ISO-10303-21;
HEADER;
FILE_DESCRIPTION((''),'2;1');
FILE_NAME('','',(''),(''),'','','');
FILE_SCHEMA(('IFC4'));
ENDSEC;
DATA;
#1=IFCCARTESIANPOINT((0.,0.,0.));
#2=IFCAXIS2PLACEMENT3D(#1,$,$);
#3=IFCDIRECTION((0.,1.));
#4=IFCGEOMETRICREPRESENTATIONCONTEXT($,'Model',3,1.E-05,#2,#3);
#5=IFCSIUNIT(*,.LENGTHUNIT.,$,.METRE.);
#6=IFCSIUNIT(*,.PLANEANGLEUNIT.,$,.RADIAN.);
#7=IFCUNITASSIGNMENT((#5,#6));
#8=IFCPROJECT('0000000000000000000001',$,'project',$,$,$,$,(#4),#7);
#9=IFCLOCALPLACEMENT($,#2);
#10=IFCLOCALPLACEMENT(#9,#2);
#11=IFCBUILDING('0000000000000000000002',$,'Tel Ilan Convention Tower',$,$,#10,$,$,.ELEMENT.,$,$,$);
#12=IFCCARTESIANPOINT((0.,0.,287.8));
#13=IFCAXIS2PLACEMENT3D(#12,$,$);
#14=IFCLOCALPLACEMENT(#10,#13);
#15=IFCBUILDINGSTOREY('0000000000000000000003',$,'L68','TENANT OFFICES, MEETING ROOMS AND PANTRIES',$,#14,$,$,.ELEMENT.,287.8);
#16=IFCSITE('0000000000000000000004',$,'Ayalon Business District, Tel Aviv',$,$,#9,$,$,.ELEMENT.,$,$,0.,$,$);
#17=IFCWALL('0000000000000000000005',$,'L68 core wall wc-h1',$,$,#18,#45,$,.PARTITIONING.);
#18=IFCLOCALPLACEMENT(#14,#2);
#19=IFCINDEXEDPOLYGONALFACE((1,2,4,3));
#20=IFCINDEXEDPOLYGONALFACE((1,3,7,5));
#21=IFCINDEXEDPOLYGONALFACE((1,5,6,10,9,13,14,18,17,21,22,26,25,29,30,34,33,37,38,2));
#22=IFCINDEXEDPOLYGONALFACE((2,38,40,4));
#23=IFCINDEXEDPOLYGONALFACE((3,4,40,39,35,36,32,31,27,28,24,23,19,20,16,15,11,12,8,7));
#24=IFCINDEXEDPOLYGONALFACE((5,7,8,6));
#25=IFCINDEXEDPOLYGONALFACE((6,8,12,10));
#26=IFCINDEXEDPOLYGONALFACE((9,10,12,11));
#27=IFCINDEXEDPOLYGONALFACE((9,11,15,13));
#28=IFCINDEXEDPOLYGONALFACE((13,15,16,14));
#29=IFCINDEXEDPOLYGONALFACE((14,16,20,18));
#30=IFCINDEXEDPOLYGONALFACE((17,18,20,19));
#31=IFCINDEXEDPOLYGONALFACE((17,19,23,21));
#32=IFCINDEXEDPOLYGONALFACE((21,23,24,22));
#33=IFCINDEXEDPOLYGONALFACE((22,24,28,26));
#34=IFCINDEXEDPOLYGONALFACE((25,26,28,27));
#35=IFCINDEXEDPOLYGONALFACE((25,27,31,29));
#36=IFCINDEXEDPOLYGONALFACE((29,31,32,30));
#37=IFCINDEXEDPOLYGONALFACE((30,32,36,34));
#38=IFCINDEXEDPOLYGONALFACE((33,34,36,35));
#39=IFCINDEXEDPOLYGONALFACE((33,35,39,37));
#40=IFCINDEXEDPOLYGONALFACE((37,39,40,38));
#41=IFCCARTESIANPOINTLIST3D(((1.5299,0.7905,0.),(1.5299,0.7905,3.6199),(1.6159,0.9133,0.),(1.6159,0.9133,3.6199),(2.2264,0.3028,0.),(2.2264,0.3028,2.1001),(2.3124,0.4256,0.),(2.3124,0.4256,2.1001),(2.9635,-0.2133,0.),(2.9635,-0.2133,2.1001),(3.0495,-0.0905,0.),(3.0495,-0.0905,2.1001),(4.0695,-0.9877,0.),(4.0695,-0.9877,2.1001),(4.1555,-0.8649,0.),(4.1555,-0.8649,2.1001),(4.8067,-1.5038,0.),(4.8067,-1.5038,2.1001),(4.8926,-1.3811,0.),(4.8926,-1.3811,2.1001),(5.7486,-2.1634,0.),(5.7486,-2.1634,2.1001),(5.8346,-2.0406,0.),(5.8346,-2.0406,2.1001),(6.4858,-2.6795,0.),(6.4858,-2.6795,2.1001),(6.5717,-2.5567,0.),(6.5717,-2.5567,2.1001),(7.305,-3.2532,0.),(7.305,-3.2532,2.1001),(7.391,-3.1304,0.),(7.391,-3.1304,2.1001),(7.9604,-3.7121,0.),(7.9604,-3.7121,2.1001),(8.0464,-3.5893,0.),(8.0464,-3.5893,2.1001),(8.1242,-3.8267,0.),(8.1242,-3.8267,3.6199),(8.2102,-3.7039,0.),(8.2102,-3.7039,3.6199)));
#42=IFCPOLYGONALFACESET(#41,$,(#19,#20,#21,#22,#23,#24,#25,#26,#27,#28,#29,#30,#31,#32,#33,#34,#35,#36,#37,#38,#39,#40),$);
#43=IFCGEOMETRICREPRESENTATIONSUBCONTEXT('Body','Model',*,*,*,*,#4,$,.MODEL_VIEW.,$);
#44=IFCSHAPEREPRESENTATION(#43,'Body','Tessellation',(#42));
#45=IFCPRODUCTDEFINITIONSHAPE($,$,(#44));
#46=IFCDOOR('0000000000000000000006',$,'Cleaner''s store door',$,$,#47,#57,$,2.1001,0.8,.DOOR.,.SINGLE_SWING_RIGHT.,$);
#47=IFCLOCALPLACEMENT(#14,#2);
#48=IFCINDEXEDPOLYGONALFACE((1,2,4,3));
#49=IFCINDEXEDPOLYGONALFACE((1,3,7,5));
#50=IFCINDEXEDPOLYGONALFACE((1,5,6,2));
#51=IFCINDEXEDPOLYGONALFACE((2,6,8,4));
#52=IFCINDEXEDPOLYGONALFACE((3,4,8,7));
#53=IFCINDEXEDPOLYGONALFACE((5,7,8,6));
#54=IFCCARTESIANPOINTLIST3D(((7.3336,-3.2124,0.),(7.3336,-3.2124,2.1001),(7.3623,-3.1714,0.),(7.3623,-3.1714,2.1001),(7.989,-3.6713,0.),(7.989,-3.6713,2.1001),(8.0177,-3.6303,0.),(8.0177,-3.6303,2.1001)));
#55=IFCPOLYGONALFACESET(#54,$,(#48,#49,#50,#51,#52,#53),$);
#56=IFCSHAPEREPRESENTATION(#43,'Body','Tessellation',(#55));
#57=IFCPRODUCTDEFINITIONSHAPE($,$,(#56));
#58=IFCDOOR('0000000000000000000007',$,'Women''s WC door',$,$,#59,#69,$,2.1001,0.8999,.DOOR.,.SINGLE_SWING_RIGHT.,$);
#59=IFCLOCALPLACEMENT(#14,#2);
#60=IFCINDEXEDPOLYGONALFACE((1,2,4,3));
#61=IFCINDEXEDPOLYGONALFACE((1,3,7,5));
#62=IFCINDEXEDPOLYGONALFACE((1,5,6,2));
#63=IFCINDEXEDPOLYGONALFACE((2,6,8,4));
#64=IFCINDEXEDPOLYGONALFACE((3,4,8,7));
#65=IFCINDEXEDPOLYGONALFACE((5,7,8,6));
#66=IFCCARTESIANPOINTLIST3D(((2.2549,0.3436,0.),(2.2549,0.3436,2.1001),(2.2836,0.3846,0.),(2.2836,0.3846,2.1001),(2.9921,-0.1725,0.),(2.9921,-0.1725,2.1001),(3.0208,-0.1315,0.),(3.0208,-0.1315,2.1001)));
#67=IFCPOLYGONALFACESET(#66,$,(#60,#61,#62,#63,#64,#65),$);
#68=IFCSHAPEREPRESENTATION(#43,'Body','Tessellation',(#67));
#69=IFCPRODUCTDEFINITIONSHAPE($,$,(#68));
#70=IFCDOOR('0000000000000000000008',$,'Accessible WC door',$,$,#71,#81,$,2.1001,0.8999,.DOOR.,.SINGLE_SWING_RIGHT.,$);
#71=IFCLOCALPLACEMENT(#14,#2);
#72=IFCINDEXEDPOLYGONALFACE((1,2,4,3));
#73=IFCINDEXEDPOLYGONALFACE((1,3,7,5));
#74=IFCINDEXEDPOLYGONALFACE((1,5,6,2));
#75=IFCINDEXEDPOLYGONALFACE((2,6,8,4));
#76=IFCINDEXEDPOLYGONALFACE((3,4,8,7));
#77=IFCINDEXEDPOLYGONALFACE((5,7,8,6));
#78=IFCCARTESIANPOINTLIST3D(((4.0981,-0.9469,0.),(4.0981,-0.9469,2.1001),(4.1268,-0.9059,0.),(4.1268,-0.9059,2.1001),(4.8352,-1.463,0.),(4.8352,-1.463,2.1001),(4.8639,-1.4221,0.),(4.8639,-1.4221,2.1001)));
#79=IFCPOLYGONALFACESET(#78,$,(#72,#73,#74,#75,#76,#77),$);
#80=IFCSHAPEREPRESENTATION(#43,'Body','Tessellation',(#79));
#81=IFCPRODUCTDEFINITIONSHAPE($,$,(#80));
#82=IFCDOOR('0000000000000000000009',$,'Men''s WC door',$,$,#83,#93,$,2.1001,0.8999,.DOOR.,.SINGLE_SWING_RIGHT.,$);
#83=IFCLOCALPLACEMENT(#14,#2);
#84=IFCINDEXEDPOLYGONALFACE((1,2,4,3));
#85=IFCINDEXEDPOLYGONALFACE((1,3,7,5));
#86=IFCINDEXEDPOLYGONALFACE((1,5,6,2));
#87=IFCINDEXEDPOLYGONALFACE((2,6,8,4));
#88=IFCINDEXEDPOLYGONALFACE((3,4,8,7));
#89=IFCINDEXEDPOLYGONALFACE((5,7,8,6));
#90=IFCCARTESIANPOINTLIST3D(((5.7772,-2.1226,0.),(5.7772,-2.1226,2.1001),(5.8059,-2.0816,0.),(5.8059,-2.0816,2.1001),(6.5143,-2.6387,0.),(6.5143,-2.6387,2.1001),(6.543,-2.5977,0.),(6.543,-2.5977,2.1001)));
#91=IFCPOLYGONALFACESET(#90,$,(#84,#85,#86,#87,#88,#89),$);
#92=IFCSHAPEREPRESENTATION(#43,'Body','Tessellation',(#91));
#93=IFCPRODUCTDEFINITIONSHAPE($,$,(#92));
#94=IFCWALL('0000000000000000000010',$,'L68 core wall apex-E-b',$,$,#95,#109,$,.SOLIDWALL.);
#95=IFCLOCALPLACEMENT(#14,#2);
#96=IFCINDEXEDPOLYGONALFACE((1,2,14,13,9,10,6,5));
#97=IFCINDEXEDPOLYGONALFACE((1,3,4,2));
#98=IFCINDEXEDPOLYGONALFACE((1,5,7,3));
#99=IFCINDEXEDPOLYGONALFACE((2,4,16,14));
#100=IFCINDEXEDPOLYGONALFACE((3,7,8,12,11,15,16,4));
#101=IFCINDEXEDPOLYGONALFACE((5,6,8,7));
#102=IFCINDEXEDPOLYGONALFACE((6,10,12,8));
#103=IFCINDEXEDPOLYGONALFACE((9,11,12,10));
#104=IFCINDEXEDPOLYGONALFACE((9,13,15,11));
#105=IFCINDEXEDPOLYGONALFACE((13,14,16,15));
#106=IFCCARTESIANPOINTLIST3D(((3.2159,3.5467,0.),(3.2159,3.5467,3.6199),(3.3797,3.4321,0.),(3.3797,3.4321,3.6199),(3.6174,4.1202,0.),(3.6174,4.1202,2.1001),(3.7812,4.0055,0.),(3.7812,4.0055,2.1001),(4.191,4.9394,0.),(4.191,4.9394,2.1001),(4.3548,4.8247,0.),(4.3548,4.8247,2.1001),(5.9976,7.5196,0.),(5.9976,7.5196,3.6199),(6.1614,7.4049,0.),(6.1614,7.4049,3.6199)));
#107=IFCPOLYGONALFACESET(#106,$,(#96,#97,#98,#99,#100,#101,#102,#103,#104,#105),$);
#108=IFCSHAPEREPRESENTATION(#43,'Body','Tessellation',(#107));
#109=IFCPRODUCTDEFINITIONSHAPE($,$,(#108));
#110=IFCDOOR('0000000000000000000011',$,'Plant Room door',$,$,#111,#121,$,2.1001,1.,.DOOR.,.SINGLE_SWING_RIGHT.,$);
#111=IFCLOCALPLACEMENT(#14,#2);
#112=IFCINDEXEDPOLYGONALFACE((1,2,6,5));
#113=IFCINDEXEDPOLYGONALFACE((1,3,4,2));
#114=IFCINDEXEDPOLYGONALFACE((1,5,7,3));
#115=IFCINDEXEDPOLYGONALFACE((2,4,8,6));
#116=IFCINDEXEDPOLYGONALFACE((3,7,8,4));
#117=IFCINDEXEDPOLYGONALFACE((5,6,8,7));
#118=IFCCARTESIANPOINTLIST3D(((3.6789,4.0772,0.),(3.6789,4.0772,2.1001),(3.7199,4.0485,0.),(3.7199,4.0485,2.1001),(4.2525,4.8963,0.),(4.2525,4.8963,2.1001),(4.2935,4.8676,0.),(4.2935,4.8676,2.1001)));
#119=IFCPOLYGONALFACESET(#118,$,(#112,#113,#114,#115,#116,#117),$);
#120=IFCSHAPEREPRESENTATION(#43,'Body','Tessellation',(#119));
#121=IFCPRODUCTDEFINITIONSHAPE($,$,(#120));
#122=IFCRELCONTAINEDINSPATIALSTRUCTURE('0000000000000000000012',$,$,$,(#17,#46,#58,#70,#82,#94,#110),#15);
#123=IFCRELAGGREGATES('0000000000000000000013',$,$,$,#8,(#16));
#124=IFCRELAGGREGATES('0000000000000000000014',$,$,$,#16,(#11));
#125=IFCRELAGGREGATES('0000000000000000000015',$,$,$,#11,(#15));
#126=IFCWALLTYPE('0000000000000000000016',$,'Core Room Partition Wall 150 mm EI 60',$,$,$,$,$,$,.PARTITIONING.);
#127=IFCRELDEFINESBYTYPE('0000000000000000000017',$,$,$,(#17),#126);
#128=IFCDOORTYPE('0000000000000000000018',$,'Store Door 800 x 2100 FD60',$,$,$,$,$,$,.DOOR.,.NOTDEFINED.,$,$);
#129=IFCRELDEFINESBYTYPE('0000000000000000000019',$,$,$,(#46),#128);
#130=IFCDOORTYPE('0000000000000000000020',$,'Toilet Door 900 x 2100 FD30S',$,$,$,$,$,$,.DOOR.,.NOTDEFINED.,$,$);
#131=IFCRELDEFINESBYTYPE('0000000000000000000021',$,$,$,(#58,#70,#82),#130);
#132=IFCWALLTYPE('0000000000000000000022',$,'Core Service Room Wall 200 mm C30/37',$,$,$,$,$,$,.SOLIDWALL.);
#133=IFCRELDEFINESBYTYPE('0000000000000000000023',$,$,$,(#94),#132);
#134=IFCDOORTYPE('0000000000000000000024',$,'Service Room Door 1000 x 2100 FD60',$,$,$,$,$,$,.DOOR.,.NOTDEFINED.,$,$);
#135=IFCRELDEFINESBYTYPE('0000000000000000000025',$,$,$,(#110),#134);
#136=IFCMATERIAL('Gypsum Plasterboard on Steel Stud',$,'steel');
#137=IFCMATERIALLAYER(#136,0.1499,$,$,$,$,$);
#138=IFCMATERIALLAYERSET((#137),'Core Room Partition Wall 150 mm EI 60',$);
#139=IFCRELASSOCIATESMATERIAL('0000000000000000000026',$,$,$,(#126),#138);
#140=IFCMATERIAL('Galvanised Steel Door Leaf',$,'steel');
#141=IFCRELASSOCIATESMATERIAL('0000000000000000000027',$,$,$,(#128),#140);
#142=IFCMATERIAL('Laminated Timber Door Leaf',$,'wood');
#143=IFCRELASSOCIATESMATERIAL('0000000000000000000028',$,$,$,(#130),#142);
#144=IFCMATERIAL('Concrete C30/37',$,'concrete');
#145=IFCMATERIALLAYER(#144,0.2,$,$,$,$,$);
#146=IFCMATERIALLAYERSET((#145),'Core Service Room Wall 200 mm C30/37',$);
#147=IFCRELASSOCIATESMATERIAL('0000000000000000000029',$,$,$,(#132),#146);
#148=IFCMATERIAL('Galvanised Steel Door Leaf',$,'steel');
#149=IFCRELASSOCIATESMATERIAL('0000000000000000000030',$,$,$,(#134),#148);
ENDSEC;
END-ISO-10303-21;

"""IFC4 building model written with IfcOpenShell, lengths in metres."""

from ifc_helpers import new_model, si_unit, direction, frame, frame_2d, origin, place, context, subcontext, project, spatial, rectangle, extrude, material, layer, layer_set, type_object, element, fill, save


model = new_model("IFC4")

# Units and contexts
model_context = context("Model", 3, precision=1e-05, world=origin(), true_north=direction((0.0, 1.0)))
body_context = subcontext(model_context, "Body", "Model", "MODEL_VIEW")
ifc_project = project(units=[si_unit("LENGTHUNIT", "METRE"), si_unit("PLANEANGLEUNIT", "RADIAN")], contexts=[model_context])

# Site, building, storey
site_placement = place(None, origin())
site = spatial("IfcSite", under=ifc_project, at=site_placement, Name="Ayalon Business District, Tel Aviv", CompositionType="ELEMENT", RefElevation=0.0)
building_placement = place(site_placement, origin())
building = spatial("IfcBuilding", under=site, at=building_placement, Name="Tel Ilan Convention Tower", CompositionType="ELEMENT")
storey_placement = place(building_placement, frame((0.0, 0.0, 287.8)))
storey = spatial("IfcBuildingStorey", under=building, at=storey_placement, Name="L68", Description="TENANT OFFICES, MEETING ROOMS AND PANTRIES", CompositionType="ELEMENT", Elevation=287.8)

# Wall, openings, doors
ifc_material_1 = material(Name="Gypsum Plasterboard on Steel Stud", Category="steel")
ifc_layer_1 = layer(ifc_material_1, 0.1499)
ifc_layer_set_1 = layer_set([ifc_layer_1], Name="Core Room Partition Wall 150 mm EI 60")
wall_type_1 = type_object("IfcWallType", Name="Core Room Partition Wall 150 mm EI 60", PredefinedType="PARTITIONING", material=ifc_layer_set_1)
wall_1_placement = place(storey_placement, frame((1.573, 0.8518, 0.0), z_axis=(0.0, 0.0, 1.0), x_axis=(0.819161, -0.573564, 0.0)))
wall_1 = element("IfcWall", 1, at=wall_1_placement, inside=storey, type_object=wall_type_1, Name="L68 core wall wc-h1", PredefinedType="PARTITIONING", context=body_context, shape_type="SweptSolid", body=[
    extrude(rectangle(XDim=8.05, YDim=0.1499, at=frame_2d((4.0249, 0.0))), origin(), (0.0, 0.0, 1.0), 3.6199),
])
opening_1_placement = place(wall_1_placement, frame((0.8501, 0.0, 0.0)))
opening_1 = element("IfcOpeningElement", 2, at=opening_1_placement, cuts=wall_1, PredefinedType="OPENING", context=body_context, shape_type="SweptSolid", body=[
    extrude(rectangle(XDim=0.8999, YDim=2.1001, at=frame_2d((0.45, 1.05))), frame((0.0, 0.085, 0.0), z_axis=(0.0, -1.0, 0.0), x_axis=(1.0, 0.0, 0.0)), (0.0, 0.0, 1.0), 0.1699),
])
opening_2_placement = place(wall_1_placement, frame((3.1001, 0.0, 0.0)))
opening_2 = element("IfcOpeningElement", 3, at=opening_2_placement, cuts=wall_1, PredefinedType="OPENING", context=body_context, shape_type="SweptSolid", body=[
    extrude(rectangle(XDim=0.8999, YDim=2.1001, at=frame_2d((0.45, 1.05))), frame((0.0, 0.085, 0.0), z_axis=(0.0, -1.0, 0.0), x_axis=(1.0, 0.0, 0.0)), (0.0, 0.0, 1.0), 0.1699),
])
opening_3_placement = place(wall_1_placement, frame((5.1499, 0.0, 0.0)))
opening_3 = element("IfcOpeningElement", 4, at=opening_3_placement, cuts=wall_1, PredefinedType="OPENING", context=body_context, shape_type="SweptSolid", body=[
    extrude(rectangle(XDim=0.8999, YDim=2.1001, at=frame_2d((0.45, 1.05))), frame((0.0, 0.085, 0.0), z_axis=(0.0, -1.0, 0.0), x_axis=(1.0, 0.0, 0.0)), (0.0, 0.0, 1.0), 0.1699),
])
opening_4_placement = place(wall_1_placement, frame((7.05, 0.0, 0.0)))
opening_4 = element("IfcOpeningElement", 5, at=opening_4_placement, cuts=wall_1, PredefinedType="OPENING", context=body_context, shape_type="SweptSolid", body=[
    extrude(rectangle(XDim=0.8, YDim=2.1001, at=frame_2d((0.3999, 1.05))), frame((0.0, 0.085, 0.0), z_axis=(0.0, -1.0, 0.0), x_axis=(1.0, 0.0, 0.0)), (0.0, 0.0, 1.0), 0.1699),
])
ifc_material_2 = material(Name="Galvanised Steel Door Leaf", Category="steel")
door_type_1 = type_object("IfcDoorType", Name="Store Door 800 x 2100 FD60", OperationType="NOTDEFINED", PredefinedType="DOOR", material=ifc_material_2)
door_1_placement = place(opening_4_placement, origin())
door_1 = element("IfcDoor", 6, at=door_1_placement, inside=storey, type_object=door_type_1, Name="Cleaner's store door", OperationType="SINGLE_SWING_RIGHT", OverallHeight=2.1001, OverallWidth=0.8, PredefinedType="DOOR", context=body_context, shape_type="SweptSolid", body=[
    extrude(rectangle(XDim=0.8, YDim=2.1001, at=frame_2d((0.3999, 1.05))), frame((0.0, 0.0249, 0.0), z_axis=(0.0, -1.0, 0.0), x_axis=(1.0, 0.0, 0.0)), (0.0, 0.0, 1.0), 0.05),
])
fill(opening_4, door_1)
ifc_material_3 = material(Name="Laminated Timber Door Leaf", Category="wood")
door_type_2 = type_object("IfcDoorType", Name="Toilet Door 900 x 2100 FD30S", OperationType="NOTDEFINED", PredefinedType="DOOR", material=ifc_material_3)
door_2_placement = place(opening_1_placement, origin())
door_2 = element("IfcDoor", 7, at=door_2_placement, inside=storey, type_object=door_type_2, Name="Women's WC door", OperationType="SINGLE_SWING_RIGHT", OverallHeight=2.1001, OverallWidth=0.8999, PredefinedType="DOOR", context=body_context, shape_type="SweptSolid", body=[
    extrude(rectangle(XDim=0.8999, YDim=2.1001, at=frame_2d((0.45, 1.05))), frame((0.0, 0.0249, 0.0), z_axis=(0.0, -1.0, 0.0), x_axis=(1.0, 0.0, 0.0)), (0.0, 0.0, 1.0), 0.05),
])
fill(opening_1, door_2)
door_3_placement = place(opening_2_placement, origin())
door_3 = element("IfcDoor", 8, at=door_3_placement, inside=storey, type_object=door_type_2, Name="Accessible WC door", OperationType="SINGLE_SWING_RIGHT", OverallHeight=2.1001, OverallWidth=0.8999, PredefinedType="DOOR", context=body_context, shape_type="SweptSolid", body=[
    extrude(rectangle(XDim=0.8999, YDim=2.1001, at=frame_2d((0.45, 1.05))), frame((0.0, 0.0249, 0.0), z_axis=(0.0, -1.0, 0.0), x_axis=(1.0, 0.0, 0.0)), (0.0, 0.0, 1.0), 0.05),
])
fill(opening_2, door_3)
door_4_placement = place(opening_3_placement, origin())
door_4 = element("IfcDoor", 9, at=door_4_placement, inside=storey, type_object=door_type_2, Name="Men's WC door", OperationType="SINGLE_SWING_RIGHT", OverallHeight=2.1001, OverallWidth=0.8999, PredefinedType="DOOR", context=body_context, shape_type="SweptSolid", body=[
    extrude(rectangle(XDim=0.8999, YDim=2.1001, at=frame_2d((0.45, 1.05))), frame((0.0, 0.0249, 0.0), z_axis=(0.0, -1.0, 0.0), x_axis=(1.0, 0.0, 0.0)), (0.0, 0.0, 1.0), 0.05),
])
fill(opening_3, door_4)

# Wall, opening, door
ifc_material_4 = material(Name="Concrete C30/37", Category="concrete")
ifc_layer_2 = layer(ifc_material_4, 0.2)
ifc_layer_set_2 = layer_set([ifc_layer_2], Name="Core Service Room Wall 200 mm C30/37")
wall_type_2 = type_object("IfcWallType", Name="Core Service Room Wall 200 mm C30/37", PredefinedType="SOLIDWALL", material=ifc_layer_set_2)
wall_2_placement = place(storey_placement, frame((3.2979, 3.4895, 0.0), z_axis=(0.0, 0.0, 1.0), x_axis=(0.57356, 0.819163, 0.0)))
wall_2 = element("IfcWall", 10, at=wall_2_placement, inside=storey, type_object=wall_type_2, Name="L68 core wall apex-E-b", PredefinedType="SOLIDWALL", context=body_context, shape_type="SweptSolid", body=[
    extrude(rectangle(XDim=4.8499, YDim=0.2, at=frame_2d((2.4248, 0.0))), origin(), (0.0, 0.0, 1.0), 3.6199),
])
opening_5_placement = place(wall_2_placement, frame((0.7, 0.0, 0.0)))
opening_5 = element("IfcOpeningElement", 11, at=opening_5_placement, cuts=wall_2, PredefinedType="OPENING", context=body_context, shape_type="SweptSolid", body=[
    extrude(rectangle(XDim=1.0, YDim=2.1001, at=frame_2d((0.5, 1.05))), frame((0.0, 0.1099, 0.0), z_axis=(0.0, -1.0, 0.0), x_axis=(1.0, 0.0, 0.0)), (0.0, 0.0, 1.0), 0.22),
])
ifc_material_5 = material(Name="Galvanised Steel Door Leaf", Category="steel")
door_type_3 = type_object("IfcDoorType", Name="Service Room Door 1000 x 2100 FD60", OperationType="NOTDEFINED", PredefinedType="DOOR", material=ifc_material_5)
door_5_placement = place(opening_5_placement, origin())
door_5 = element("IfcDoor", 12, at=door_5_placement, inside=storey, type_object=door_type_3, Name="Plant Room door", OperationType="SINGLE_SWING_RIGHT", OverallHeight=2.1001, OverallWidth=1.0, PredefinedType="DOOR", context=body_context, shape_type="SweptSolid", body=[
    extrude(rectangle(XDim=1.0, YDim=2.1001, at=frame_2d((0.5, 1.05))), frame((0.0, 0.0249, 0.0), z_axis=(0.0, -1.0, 0.0), x_axis=(1.0, 0.0, 0.0)), (0.0, 0.0, 1.0), 0.05),
])
fill(opening_5, door_5)

save(model, "model.ifc")
